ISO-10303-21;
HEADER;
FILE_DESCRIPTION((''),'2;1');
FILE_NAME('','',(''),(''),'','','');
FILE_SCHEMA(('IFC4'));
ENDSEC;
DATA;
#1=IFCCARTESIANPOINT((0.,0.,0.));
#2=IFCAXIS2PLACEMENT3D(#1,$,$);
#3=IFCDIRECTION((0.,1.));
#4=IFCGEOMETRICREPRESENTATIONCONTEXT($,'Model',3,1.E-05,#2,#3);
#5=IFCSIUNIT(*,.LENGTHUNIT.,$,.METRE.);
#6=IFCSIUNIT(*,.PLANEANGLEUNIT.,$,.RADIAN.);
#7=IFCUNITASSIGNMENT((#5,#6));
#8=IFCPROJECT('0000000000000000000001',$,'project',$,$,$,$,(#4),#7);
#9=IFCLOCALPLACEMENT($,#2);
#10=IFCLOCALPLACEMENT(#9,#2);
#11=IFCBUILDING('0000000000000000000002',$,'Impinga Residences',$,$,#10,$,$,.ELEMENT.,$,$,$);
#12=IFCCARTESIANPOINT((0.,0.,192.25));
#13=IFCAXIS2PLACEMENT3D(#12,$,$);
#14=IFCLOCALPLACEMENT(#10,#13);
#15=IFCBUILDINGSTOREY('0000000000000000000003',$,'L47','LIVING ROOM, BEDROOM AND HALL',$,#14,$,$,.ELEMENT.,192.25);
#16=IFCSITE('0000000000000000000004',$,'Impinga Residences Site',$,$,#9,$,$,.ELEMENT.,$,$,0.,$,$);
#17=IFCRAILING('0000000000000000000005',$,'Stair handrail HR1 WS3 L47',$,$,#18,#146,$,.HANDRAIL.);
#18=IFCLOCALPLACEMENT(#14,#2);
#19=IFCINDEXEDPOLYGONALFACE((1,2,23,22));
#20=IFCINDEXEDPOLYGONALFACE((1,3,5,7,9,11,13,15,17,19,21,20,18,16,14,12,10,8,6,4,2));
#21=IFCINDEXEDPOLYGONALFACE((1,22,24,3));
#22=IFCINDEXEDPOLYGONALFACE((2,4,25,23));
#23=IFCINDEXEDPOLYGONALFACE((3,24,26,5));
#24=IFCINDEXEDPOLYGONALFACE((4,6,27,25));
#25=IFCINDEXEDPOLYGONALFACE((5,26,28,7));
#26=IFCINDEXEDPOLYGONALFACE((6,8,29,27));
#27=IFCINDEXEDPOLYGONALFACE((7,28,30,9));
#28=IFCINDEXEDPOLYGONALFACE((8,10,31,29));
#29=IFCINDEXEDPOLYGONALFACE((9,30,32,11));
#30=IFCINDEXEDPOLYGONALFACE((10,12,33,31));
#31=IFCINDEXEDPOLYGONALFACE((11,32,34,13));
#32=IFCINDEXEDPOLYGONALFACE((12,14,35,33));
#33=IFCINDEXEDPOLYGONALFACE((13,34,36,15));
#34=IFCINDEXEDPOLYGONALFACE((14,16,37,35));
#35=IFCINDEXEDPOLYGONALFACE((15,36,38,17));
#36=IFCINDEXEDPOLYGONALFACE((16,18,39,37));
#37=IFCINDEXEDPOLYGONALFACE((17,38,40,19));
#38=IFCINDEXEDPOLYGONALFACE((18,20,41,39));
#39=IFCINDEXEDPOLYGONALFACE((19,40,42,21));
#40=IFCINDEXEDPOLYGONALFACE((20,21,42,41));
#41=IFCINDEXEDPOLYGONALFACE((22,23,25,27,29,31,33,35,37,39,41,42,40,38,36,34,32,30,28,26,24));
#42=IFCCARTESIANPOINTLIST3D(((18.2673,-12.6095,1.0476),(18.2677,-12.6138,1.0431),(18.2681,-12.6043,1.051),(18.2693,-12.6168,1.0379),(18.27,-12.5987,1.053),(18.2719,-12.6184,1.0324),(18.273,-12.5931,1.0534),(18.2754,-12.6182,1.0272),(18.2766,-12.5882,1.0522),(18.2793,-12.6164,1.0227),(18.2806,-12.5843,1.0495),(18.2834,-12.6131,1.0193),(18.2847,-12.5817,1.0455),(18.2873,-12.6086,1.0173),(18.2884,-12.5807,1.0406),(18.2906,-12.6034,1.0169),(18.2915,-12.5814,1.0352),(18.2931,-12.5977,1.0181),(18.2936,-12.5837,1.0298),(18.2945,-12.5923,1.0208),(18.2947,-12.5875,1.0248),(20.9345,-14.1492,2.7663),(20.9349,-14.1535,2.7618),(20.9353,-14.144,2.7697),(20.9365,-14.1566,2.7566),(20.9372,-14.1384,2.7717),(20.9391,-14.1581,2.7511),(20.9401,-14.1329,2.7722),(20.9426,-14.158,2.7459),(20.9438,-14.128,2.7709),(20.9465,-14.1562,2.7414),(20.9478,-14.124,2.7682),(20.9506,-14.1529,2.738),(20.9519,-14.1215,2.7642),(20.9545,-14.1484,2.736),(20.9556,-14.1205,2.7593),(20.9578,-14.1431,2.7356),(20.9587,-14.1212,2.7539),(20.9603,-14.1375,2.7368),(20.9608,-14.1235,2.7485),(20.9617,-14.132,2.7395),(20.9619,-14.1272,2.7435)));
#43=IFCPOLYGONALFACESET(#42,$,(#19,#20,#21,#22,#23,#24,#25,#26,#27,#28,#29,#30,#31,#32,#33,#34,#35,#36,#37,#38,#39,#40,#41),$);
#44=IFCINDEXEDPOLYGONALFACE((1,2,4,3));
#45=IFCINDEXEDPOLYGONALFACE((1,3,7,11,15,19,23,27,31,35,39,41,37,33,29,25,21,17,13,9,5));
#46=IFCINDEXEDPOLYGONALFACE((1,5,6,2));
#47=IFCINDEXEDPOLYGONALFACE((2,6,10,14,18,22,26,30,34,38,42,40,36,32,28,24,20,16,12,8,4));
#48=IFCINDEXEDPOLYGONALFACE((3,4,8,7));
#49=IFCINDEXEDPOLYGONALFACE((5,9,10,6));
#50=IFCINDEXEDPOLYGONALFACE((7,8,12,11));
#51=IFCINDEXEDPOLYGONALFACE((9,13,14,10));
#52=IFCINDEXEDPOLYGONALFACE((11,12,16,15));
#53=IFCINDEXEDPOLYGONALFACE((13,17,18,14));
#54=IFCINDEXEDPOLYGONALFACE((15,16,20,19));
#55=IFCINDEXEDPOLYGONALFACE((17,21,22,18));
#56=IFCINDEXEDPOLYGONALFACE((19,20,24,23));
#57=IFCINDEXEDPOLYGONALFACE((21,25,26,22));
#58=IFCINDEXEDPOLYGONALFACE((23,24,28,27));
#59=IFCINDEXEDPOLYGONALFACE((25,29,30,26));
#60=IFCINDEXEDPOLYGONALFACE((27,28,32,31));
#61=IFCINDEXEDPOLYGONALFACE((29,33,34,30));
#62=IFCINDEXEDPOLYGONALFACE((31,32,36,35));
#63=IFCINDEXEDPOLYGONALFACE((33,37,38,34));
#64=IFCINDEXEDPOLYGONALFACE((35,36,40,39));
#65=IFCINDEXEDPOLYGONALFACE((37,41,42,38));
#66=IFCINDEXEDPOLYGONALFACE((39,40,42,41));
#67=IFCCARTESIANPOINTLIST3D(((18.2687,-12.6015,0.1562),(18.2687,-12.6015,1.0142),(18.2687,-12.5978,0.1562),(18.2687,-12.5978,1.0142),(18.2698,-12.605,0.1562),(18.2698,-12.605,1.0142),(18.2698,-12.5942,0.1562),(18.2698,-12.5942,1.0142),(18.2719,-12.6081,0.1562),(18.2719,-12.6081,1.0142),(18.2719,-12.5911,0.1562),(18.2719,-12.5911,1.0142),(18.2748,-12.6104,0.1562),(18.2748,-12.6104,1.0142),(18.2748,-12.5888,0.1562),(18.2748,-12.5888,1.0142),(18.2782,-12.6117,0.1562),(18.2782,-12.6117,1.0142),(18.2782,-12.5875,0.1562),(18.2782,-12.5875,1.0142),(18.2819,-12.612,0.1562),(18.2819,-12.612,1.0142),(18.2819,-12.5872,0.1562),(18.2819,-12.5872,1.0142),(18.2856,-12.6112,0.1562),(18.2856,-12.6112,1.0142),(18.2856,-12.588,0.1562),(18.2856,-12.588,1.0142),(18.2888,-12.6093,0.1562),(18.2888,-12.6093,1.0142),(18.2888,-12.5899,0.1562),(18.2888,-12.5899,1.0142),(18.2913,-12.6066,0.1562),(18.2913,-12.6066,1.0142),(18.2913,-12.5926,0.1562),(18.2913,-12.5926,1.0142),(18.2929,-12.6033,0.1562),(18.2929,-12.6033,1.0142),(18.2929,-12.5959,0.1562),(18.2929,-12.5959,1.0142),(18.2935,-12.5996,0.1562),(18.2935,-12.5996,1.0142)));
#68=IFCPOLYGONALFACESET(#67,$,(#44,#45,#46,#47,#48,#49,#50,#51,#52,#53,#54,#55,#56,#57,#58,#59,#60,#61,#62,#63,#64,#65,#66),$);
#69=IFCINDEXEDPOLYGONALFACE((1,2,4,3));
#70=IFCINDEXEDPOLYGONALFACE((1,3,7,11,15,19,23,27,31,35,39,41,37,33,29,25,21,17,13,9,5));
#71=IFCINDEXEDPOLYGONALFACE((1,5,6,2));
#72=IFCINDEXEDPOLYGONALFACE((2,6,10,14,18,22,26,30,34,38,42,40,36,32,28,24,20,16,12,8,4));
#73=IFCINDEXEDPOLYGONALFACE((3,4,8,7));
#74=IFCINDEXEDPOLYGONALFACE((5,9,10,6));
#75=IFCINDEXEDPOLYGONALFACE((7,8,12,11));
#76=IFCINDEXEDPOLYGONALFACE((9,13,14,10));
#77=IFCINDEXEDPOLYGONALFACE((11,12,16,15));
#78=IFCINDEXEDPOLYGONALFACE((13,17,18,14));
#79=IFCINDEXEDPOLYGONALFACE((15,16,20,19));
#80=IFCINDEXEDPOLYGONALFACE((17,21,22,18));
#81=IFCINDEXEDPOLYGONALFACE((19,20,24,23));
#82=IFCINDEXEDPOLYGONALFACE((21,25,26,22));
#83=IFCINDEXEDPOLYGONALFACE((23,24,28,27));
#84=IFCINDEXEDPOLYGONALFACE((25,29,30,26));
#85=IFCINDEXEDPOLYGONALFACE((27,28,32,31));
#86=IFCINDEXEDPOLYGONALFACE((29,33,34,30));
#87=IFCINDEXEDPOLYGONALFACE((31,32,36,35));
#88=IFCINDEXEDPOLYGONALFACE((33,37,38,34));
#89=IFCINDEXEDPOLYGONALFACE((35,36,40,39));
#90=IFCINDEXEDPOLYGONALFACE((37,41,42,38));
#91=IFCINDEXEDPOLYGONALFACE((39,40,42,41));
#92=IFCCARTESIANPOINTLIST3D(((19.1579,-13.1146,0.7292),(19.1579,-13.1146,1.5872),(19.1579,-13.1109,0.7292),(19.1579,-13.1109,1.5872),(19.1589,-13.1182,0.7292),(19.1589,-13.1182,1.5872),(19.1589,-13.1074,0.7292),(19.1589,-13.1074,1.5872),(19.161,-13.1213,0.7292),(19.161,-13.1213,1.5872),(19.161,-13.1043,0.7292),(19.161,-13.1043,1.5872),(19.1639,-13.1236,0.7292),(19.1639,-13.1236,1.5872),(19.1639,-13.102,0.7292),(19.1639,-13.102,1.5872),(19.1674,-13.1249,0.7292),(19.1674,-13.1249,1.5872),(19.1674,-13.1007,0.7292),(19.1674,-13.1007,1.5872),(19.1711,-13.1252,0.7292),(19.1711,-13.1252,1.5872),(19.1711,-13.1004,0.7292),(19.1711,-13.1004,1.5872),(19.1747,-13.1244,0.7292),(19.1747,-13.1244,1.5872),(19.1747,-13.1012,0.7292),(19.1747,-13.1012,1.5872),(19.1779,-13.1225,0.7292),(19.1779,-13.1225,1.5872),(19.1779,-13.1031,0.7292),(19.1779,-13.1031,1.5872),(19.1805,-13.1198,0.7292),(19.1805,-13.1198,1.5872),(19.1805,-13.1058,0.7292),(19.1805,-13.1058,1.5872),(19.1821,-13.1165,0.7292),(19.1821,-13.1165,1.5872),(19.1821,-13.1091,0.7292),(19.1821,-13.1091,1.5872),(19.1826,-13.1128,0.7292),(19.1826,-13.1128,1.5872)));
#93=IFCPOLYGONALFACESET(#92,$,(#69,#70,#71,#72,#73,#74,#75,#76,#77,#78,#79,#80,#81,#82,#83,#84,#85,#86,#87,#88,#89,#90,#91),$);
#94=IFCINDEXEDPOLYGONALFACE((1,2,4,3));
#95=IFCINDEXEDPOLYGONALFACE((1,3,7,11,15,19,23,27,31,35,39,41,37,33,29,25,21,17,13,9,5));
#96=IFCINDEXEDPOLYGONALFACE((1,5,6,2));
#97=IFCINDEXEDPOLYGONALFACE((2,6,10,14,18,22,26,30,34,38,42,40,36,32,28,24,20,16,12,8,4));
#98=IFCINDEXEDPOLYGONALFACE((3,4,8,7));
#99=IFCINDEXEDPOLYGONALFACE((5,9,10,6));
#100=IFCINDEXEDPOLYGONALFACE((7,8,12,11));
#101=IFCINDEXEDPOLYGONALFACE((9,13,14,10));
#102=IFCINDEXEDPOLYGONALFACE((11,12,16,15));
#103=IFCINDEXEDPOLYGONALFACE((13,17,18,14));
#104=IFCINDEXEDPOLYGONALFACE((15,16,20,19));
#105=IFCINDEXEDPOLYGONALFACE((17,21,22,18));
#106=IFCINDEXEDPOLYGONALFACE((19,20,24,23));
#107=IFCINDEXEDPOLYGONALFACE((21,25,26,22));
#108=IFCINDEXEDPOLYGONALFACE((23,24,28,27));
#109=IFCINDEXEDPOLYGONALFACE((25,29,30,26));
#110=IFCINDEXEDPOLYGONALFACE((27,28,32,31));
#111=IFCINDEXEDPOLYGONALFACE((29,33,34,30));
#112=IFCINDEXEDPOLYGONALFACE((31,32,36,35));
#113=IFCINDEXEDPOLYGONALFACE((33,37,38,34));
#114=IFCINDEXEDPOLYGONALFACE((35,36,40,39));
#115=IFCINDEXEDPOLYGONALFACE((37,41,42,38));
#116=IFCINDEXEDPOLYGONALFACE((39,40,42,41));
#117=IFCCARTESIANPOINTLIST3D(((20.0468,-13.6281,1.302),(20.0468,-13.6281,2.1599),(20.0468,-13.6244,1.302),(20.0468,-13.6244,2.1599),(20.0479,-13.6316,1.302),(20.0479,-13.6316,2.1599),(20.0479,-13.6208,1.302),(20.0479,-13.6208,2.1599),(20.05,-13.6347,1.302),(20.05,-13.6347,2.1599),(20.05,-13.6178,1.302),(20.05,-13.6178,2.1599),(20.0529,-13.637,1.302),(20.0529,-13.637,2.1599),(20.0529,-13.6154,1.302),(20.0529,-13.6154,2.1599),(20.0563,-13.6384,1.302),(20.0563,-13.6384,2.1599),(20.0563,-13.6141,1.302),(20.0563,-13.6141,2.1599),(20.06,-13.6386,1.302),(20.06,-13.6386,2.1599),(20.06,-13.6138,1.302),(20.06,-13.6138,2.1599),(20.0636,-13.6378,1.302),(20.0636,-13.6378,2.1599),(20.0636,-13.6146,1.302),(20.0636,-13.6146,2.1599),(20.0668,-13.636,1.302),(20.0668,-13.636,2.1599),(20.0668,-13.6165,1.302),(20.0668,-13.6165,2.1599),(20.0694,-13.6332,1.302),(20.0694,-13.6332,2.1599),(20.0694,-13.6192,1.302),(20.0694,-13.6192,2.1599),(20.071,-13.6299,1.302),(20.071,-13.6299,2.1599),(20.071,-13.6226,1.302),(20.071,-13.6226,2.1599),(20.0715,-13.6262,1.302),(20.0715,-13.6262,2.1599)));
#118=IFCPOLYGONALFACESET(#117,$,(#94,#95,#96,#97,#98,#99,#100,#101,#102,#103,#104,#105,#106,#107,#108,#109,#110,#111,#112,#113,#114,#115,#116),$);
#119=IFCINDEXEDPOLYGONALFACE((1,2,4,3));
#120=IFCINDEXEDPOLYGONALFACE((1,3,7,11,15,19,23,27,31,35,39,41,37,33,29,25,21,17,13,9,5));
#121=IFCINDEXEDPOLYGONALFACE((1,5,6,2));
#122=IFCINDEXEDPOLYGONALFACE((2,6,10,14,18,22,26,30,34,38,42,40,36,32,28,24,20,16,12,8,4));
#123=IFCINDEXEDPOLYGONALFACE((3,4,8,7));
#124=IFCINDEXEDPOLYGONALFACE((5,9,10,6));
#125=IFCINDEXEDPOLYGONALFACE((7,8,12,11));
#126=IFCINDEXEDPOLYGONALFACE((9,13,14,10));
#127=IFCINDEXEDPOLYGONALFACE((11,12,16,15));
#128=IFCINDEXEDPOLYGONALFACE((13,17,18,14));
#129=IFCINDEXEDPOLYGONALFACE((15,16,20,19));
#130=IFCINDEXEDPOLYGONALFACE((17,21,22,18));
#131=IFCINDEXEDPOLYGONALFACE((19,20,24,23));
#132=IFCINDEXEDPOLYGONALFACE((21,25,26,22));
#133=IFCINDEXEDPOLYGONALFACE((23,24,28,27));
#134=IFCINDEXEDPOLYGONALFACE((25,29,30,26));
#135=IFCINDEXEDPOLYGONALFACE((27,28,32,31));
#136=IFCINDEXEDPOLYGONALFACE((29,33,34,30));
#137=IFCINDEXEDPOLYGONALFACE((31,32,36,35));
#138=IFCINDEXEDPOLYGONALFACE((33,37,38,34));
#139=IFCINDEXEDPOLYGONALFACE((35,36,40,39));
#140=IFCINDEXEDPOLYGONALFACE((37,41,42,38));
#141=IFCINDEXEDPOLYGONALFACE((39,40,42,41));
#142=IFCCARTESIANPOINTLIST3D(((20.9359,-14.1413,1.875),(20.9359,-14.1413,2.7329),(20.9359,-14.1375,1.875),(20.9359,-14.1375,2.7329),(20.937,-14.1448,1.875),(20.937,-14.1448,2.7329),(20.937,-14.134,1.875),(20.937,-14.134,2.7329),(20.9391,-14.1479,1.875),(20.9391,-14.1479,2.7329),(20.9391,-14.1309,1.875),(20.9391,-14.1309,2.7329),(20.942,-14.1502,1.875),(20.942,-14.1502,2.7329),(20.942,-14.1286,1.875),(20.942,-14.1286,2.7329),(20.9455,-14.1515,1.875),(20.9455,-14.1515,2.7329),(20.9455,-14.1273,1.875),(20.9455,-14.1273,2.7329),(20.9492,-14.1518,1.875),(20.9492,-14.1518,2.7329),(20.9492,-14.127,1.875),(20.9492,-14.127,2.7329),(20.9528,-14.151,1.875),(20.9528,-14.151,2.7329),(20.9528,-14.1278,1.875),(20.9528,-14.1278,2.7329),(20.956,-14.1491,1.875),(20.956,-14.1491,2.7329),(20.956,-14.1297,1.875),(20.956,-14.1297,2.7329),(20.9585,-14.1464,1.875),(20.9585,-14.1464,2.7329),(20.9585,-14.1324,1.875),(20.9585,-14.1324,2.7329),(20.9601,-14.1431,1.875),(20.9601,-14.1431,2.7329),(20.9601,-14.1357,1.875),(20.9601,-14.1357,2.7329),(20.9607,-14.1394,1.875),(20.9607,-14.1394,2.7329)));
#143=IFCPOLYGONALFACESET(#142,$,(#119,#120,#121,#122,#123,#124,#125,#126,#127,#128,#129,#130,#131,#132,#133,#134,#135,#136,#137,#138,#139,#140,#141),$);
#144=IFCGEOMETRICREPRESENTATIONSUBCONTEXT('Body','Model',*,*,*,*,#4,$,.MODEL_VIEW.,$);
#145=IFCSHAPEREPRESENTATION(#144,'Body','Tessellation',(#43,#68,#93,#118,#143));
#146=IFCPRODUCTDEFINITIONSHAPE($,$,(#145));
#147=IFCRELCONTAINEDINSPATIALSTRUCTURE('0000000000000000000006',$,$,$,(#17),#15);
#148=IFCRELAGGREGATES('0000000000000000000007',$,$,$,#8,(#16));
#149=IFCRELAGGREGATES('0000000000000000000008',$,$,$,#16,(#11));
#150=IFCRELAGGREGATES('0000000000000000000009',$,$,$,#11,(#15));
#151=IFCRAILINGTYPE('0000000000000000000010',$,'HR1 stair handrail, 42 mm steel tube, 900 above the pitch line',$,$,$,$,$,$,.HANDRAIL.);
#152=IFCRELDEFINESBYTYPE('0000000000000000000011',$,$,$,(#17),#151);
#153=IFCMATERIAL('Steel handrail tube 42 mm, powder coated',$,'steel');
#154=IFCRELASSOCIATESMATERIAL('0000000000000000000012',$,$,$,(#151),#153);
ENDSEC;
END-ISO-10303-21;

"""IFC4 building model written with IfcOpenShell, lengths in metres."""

from ifc_helpers import new_model, si_unit, direction, frame, origin, origin_2d, place, context, subcontext, project, spatial, circle, extrude, material, type_object, element, save


model = new_model("IFC4")

# Units and contexts
model_context = context("Model", 3, precision=1e-05, world=origin(), true_north=direction((0.0, 1.0)))
body_context = subcontext(model_context, "Body", "Model", "MODEL_VIEW")
ifc_project = project(units=[si_unit("LENGTHUNIT", "METRE"), si_unit("PLANEANGLEUNIT", "RADIAN")], contexts=[model_context])

# Site, building, storey
site_placement = place(None, origin())
site = spatial("IfcSite", under=ifc_project, at=site_placement, Name="Impinga Residences Site", CompositionType="ELEMENT", RefElevation=0.0)
building_placement = place(site_placement, origin())
building = spatial("IfcBuilding", under=site, at=building_placement, Name="Impinga Residences", CompositionType="ELEMENT")
storey_placement = place(building_placement, frame((0.0, 0.0, 192.25)))
storey = spatial("IfcBuildingStorey", under=building, at=storey_placement, Name="L47", Description="LIVING ROOM, BEDROOM AND HALL", CompositionType="ELEMENT", Elevation=192.25)

# Railing
ifc_material_1 = material(Name="Steel handrail tube 42 mm, powder coated", Category="steel")
railing_type_1 = type_object("IfcRailingType", Name="HR1 stair handrail, 42 mm steel tube, 900 above the pitch line", PredefinedType="HANDRAIL", material=ifc_material_1)
railing_1_placement = place(storey_placement, frame((18.281, -12.5996, 0.1562)))
element("IfcRailing", 1, at=railing_1_placement, inside=storey, type_object=railing_type_1, Name="Stair handrail HR1 WS3 L47", PredefinedType="HANDRAIL", context=body_context, shape_type="SweptSolid", body=[
    extrude(circle(Radius=0.021, at=origin_2d()), frame((0.0, 0.0, 0.8789), z_axis=(0.756249, -0.436582, 0.487322), x_axis=(0.499967, 0.866044, 0.0)), (0.0, 0.0, 1.0), 3.5269),
    extrude(circle(Radius=0.0125, at=origin_2d()), origin(), (0.0, 0.0, 1.0), 0.8579),
    extrude(circle(Radius=0.0125, at=origin_2d()), frame((0.8892, -0.5132, 0.573)), (0.0, 0.0, 1.0), 0.8579),
    extrude(circle(Radius=0.0125, at=origin_2d()), frame((1.7781, -1.0266, 1.1458)), (0.0, 0.0, 1.0), 0.8579),
    extrude(circle(Radius=0.0125, at=origin_2d()), frame((2.6672, -1.5398, 1.7188)), (0.0, 0.0, 1.0), 0.8579),
])

save(model, "model.ifc")
